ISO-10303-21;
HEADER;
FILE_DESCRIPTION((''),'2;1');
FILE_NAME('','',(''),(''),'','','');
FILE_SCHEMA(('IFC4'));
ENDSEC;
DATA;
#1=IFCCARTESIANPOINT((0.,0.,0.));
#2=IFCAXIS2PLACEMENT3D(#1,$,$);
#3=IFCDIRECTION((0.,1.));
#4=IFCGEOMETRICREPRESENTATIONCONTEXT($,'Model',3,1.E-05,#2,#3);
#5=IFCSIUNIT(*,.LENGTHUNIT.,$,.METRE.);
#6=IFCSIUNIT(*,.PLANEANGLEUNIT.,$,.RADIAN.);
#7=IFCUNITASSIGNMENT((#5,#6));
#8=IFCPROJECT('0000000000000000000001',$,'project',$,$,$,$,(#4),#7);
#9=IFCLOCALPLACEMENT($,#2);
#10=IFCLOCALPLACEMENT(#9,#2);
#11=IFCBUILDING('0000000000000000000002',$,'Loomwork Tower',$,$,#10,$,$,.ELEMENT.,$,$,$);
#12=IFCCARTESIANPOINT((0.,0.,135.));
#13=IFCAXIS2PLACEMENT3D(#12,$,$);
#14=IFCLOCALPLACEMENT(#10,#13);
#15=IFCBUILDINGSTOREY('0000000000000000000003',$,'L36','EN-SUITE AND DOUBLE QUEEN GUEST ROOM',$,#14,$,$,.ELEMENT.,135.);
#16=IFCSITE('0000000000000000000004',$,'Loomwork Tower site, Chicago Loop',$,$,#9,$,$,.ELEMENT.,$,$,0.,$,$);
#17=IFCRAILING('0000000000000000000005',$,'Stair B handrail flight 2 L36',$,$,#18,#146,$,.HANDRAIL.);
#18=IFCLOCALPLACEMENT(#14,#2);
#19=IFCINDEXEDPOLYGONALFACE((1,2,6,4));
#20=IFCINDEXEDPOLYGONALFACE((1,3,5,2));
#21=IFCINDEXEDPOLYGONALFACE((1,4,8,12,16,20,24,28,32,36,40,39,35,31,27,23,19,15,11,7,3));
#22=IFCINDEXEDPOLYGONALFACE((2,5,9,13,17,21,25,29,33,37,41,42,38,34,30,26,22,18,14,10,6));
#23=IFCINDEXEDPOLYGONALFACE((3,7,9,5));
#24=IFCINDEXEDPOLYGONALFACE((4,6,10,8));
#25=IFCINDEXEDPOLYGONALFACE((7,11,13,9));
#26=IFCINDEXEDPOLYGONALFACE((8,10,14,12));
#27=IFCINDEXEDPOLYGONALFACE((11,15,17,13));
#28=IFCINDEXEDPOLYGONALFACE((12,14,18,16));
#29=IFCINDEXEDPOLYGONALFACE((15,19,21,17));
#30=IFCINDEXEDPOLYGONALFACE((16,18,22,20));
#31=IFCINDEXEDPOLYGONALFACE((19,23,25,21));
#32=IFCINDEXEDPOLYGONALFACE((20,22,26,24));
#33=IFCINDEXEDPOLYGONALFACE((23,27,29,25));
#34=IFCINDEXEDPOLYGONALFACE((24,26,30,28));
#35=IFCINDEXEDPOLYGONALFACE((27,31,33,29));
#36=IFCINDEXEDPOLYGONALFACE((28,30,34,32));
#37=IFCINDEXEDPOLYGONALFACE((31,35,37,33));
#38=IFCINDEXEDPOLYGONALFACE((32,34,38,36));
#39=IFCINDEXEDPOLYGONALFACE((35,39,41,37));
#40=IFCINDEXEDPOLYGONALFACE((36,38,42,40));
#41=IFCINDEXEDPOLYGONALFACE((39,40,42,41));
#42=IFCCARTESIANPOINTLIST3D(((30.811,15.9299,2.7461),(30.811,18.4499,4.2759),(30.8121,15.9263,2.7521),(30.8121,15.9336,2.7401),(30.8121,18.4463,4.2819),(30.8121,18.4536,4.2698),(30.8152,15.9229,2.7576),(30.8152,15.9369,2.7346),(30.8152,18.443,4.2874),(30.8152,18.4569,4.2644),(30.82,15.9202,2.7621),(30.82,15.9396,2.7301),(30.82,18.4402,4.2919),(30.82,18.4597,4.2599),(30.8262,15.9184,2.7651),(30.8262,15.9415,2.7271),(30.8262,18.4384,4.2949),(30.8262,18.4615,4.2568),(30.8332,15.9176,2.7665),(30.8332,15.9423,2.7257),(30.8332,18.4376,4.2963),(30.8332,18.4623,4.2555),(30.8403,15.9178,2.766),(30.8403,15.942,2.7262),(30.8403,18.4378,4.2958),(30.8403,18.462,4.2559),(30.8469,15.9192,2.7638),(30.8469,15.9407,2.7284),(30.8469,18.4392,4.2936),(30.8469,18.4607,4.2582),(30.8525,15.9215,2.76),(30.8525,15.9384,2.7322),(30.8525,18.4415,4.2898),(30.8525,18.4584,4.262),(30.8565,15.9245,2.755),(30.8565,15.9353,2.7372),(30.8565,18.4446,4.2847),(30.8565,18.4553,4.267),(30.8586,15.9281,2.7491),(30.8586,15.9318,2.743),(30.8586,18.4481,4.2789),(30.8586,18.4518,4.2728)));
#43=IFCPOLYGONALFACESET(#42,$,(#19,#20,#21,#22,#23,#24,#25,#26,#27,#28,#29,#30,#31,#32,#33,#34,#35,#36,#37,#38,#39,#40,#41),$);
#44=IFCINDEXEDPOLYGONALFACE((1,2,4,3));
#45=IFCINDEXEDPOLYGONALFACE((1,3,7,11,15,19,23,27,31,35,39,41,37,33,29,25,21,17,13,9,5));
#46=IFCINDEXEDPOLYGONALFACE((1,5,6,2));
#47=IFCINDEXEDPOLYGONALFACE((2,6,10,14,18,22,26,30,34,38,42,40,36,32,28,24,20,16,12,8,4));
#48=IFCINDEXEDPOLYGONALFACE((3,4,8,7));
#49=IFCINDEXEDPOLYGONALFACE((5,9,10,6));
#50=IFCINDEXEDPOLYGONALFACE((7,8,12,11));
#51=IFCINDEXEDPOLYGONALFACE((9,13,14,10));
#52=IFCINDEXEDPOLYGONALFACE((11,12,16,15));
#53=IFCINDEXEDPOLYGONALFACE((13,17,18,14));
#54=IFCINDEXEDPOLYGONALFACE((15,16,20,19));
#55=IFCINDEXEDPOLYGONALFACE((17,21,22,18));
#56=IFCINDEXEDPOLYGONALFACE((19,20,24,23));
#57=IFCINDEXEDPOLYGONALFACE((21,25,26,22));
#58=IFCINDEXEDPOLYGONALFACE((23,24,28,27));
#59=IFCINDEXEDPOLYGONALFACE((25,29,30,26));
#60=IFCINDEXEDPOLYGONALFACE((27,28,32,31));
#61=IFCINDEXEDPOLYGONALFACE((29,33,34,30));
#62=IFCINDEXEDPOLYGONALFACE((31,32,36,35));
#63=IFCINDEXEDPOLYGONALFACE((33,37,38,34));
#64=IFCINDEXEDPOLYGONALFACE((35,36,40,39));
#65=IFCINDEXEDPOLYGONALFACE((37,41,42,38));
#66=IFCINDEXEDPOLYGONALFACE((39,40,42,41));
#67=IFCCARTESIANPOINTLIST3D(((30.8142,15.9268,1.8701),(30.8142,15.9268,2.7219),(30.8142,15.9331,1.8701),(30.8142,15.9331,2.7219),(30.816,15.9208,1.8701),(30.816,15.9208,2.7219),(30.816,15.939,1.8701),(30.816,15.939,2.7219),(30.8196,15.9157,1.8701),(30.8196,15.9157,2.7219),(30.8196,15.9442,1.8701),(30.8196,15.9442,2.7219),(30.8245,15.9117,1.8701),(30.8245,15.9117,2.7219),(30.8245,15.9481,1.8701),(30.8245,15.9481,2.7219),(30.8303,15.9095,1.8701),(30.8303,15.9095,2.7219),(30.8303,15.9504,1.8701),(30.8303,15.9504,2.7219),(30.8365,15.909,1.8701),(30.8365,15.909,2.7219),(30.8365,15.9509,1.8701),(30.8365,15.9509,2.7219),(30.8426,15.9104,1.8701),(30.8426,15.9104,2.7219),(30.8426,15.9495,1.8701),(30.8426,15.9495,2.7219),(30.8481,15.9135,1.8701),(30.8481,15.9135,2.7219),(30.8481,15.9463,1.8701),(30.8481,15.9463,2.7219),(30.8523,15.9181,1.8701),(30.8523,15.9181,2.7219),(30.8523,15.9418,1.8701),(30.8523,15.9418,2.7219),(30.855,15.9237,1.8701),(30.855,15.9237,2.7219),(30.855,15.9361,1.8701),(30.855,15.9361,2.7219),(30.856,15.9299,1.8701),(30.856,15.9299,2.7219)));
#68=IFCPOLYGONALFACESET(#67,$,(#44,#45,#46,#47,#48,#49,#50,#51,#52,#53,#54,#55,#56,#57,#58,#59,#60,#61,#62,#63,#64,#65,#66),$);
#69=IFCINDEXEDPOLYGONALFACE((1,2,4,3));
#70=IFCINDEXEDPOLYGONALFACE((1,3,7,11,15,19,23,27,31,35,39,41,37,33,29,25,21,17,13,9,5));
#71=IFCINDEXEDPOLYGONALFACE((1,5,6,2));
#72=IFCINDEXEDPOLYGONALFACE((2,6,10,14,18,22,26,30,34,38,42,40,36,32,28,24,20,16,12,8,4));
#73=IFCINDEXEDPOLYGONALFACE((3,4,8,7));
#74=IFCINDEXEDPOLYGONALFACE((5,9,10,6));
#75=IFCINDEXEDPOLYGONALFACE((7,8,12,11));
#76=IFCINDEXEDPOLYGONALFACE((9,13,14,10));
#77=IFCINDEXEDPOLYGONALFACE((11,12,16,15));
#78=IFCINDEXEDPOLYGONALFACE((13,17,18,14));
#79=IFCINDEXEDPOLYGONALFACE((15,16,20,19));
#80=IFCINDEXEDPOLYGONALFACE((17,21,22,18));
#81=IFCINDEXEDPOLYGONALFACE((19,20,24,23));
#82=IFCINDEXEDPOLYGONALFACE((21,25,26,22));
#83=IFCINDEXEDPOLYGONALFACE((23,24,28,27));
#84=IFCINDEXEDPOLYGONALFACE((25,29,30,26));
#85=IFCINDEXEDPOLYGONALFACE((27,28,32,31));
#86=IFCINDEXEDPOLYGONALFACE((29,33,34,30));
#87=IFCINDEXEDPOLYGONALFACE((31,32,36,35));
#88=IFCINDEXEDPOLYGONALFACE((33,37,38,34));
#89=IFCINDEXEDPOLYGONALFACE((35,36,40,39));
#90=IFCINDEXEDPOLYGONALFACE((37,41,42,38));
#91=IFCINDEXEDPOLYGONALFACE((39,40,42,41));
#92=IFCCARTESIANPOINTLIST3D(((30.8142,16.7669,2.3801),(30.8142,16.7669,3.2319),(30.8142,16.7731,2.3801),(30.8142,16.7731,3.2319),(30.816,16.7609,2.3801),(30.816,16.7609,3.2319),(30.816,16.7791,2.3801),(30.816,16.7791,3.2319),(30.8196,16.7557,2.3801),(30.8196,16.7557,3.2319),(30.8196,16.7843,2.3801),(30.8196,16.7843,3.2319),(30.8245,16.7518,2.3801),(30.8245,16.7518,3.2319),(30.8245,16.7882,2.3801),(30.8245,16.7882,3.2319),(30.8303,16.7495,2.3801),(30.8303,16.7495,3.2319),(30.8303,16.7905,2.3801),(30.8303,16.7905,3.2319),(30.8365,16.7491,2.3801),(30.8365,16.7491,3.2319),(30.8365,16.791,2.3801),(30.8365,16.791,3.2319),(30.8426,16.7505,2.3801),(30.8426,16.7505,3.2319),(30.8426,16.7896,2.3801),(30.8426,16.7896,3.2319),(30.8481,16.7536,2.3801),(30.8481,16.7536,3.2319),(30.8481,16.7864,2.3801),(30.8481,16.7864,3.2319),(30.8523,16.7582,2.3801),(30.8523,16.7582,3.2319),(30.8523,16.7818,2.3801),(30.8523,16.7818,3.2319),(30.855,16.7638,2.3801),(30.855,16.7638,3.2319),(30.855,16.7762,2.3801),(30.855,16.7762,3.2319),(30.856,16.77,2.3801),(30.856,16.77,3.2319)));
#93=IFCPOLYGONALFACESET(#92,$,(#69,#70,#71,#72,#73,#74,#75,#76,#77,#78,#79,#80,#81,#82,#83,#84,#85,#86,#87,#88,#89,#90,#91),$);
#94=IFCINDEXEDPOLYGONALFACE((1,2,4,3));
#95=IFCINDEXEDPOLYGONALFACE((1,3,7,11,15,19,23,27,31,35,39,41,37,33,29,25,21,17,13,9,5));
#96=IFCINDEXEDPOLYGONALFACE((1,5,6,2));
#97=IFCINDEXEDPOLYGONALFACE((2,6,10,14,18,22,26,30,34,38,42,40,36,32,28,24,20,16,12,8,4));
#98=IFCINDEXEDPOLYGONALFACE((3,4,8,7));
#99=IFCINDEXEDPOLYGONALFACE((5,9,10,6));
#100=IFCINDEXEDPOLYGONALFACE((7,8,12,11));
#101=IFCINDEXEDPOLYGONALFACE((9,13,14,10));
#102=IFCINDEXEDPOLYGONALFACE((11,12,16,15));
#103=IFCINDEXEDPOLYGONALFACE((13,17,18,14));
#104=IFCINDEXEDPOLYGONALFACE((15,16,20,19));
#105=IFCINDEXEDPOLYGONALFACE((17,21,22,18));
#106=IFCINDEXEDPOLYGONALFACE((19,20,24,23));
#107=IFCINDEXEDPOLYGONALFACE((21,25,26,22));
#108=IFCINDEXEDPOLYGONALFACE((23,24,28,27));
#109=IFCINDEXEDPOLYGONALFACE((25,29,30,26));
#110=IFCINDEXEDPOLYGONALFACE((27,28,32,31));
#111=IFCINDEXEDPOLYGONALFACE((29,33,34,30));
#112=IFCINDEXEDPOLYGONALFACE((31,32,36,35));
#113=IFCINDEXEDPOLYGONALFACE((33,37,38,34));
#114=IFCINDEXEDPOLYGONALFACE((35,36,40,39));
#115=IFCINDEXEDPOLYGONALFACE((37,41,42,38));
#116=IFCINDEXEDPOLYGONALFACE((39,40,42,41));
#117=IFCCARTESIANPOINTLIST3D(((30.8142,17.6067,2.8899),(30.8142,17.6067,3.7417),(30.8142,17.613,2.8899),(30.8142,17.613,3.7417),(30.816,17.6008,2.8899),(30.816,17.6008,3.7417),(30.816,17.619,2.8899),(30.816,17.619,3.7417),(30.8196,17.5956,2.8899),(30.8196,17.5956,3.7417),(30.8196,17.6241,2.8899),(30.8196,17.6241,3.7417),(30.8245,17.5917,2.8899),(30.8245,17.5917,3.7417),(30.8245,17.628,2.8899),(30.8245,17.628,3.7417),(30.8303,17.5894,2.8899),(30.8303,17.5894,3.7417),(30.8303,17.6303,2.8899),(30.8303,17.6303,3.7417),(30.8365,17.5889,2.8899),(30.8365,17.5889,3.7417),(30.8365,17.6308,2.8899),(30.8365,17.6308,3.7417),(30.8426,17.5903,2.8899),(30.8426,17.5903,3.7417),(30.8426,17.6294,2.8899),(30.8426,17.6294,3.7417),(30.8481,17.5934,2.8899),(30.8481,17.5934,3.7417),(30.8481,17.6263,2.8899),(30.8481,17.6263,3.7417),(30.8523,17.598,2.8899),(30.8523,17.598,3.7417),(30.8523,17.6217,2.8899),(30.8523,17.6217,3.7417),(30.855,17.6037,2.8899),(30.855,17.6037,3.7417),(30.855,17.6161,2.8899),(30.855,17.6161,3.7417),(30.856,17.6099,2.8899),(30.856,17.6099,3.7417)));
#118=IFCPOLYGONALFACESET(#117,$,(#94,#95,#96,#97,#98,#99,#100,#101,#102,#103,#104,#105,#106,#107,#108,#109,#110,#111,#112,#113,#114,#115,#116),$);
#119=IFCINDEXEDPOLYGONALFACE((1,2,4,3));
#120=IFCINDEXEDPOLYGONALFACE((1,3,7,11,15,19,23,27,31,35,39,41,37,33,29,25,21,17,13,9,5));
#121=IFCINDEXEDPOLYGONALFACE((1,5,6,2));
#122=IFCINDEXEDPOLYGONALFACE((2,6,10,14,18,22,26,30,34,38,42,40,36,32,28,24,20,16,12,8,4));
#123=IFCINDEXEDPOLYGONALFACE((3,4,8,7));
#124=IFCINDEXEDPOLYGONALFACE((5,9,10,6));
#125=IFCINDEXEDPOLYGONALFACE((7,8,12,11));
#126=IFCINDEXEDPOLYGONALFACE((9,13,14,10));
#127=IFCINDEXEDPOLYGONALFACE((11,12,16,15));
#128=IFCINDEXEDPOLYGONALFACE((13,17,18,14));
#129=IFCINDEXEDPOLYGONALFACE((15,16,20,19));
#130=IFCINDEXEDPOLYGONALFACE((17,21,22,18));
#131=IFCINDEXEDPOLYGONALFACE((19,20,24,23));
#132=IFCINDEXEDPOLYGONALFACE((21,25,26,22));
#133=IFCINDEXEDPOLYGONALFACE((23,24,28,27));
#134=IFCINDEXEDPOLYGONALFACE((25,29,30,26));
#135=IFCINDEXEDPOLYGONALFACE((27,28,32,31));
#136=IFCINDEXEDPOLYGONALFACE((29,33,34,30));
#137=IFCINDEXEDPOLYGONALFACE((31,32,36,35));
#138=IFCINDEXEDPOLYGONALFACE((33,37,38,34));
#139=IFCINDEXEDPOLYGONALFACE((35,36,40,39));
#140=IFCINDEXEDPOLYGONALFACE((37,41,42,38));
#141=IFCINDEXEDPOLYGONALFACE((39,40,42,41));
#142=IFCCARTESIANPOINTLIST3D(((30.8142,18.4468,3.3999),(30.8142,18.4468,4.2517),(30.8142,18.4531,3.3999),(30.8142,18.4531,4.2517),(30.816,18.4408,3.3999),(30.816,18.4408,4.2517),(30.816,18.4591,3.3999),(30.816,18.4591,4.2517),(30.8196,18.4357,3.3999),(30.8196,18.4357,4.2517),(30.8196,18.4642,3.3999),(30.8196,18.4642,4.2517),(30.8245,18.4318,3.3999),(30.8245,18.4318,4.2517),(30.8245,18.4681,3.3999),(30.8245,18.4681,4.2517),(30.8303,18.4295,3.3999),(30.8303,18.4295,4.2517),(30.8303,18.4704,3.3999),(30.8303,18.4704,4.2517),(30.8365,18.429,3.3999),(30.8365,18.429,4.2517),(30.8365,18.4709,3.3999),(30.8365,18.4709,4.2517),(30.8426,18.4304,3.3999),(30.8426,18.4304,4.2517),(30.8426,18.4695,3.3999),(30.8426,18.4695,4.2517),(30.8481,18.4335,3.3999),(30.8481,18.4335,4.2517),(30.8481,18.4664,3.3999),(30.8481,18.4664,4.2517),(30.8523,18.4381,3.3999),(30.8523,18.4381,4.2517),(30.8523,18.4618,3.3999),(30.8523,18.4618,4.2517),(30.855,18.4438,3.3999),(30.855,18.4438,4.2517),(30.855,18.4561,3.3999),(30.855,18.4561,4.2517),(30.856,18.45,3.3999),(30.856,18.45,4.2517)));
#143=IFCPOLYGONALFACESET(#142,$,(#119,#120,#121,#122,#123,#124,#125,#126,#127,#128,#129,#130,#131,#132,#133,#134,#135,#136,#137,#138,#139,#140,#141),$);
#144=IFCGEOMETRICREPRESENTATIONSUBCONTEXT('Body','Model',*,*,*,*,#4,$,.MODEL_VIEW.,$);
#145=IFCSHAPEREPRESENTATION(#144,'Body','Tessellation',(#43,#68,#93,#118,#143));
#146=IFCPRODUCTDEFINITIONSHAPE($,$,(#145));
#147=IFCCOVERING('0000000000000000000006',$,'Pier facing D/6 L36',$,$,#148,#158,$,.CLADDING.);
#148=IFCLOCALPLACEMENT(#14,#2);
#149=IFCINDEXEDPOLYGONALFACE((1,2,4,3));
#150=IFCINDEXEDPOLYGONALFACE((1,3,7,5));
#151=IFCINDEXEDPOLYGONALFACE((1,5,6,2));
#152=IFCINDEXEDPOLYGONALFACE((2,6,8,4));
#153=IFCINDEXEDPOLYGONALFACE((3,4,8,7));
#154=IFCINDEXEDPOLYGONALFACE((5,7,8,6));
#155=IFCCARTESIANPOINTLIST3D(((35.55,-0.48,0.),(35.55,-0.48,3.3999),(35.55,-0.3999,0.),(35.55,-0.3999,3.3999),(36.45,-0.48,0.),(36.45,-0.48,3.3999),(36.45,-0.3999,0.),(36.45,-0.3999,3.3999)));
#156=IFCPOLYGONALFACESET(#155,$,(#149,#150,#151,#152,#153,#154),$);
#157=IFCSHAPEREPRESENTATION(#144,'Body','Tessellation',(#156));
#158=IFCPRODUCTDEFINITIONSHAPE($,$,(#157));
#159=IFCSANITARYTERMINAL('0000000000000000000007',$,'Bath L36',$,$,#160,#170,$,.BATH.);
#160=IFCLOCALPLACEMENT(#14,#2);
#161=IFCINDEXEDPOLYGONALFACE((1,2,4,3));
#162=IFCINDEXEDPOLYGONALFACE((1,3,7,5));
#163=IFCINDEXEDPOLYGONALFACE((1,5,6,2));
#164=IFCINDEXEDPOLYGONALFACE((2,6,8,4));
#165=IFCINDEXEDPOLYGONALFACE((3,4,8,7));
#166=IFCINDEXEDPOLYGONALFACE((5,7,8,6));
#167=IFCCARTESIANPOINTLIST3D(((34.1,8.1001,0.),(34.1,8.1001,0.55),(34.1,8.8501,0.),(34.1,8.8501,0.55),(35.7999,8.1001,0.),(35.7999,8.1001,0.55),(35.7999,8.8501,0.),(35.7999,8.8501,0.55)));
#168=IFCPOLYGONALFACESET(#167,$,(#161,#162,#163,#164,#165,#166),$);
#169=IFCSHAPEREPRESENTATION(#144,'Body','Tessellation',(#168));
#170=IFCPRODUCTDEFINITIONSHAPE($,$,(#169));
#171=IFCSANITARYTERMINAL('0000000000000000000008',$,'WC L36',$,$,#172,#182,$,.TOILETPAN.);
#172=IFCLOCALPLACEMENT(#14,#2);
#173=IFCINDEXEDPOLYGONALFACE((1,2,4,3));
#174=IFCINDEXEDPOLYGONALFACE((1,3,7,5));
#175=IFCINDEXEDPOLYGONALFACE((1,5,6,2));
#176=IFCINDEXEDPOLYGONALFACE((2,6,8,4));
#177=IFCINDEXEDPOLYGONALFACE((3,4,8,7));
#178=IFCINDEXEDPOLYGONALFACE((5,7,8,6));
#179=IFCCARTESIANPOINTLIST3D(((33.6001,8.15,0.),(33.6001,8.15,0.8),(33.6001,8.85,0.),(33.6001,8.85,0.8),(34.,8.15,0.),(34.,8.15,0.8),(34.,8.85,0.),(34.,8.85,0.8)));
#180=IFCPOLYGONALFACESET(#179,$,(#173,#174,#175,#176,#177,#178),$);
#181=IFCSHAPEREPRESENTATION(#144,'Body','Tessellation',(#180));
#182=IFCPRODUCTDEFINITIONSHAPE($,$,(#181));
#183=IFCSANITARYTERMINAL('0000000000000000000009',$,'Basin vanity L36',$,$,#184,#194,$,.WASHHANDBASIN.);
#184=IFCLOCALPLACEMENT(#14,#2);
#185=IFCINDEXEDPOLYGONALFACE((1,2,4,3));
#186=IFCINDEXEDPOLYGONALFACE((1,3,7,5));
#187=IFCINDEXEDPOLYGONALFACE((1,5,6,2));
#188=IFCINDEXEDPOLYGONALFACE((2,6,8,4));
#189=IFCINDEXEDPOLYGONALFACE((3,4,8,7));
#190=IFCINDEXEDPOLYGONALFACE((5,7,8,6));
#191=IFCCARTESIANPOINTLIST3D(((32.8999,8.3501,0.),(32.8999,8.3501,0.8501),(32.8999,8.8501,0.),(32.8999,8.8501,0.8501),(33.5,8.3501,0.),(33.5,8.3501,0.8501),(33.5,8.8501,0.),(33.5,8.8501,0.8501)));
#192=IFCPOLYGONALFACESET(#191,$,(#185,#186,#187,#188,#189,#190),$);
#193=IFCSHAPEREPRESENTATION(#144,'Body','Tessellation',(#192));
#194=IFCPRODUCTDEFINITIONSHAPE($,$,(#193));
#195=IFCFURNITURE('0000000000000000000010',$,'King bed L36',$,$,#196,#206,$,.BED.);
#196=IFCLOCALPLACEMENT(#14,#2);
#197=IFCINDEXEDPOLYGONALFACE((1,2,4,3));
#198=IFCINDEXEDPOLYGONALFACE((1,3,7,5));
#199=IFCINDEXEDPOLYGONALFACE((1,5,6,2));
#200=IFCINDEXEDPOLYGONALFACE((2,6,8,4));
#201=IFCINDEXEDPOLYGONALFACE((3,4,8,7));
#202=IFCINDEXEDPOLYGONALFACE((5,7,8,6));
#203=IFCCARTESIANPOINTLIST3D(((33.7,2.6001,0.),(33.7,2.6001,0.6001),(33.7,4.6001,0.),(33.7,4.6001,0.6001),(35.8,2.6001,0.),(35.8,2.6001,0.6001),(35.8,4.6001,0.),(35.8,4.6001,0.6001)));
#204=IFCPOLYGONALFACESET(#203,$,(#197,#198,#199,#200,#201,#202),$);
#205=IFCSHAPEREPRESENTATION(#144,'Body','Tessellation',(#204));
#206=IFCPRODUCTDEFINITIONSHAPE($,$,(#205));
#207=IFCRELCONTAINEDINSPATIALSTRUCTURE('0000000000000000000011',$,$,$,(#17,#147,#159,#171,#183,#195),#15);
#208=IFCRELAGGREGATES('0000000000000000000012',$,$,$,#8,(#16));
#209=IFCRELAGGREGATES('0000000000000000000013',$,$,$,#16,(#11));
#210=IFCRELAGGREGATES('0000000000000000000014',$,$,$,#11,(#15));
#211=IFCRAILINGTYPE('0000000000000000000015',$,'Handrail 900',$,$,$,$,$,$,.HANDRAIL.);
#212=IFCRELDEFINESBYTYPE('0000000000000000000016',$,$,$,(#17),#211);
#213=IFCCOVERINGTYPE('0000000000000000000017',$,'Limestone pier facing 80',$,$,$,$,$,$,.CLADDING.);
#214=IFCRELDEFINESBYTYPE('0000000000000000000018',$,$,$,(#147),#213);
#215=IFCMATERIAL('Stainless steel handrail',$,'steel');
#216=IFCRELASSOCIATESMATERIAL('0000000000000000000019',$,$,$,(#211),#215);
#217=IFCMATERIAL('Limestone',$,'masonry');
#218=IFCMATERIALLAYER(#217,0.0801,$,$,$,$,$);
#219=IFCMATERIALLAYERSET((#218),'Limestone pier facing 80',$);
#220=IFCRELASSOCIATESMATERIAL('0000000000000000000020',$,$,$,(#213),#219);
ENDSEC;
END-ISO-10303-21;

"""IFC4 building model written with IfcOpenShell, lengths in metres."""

from ifc_helpers import new_model, si_unit, direction, frame, origin, origin_2d, place, context, subcontext, project, spatial, rectangle, circle, extrude, material, layer, layer_set, type_object, element, save


model = new_model("IFC4")

# Units and contexts
model_context = context("Model", 3, precision=1e-05, world=origin(), true_north=direction((0.0, 1.0)))
body_context = subcontext(model_context, "Body", "Model", "MODEL_VIEW")
ifc_project = project(units=[si_unit("LENGTHUNIT", "METRE"), si_unit("PLANEANGLEUNIT", "RADIAN")], contexts=[model_context])

# Site, building, storey
site_placement = place(None, origin())
site = spatial("IfcSite", under=ifc_project, at=site_placement, Name="Loomwork Tower site, Chicago Loop", CompositionType="ELEMENT", RefElevation=0.0)
building_placement = place(site_placement, origin())
building = spatial("IfcBuilding", under=site, at=building_placement, Name="Loomwork Tower", CompositionType="ELEMENT")
storey_placement = place(building_placement, frame((0.0, 0.0, 135.0)))
storey = spatial("IfcBuildingStorey", under=building, at=storey_placement, Name="L36", Description="EN-SUITE AND DOUBLE QUEEN GUEST ROOM", CompositionType="ELEMENT", Elevation=135.0)

# Railing
ifc_material_1 = material(Name="Stainless steel handrail", Category="steel")
railing_type = type_object("IfcRailingType", Name="Handrail 900", PredefinedType="HANDRAIL", material=ifc_material_1)
railing_placement = place(storey_placement, frame((30.835, 15.9299, 1.8701)))
element("IfcRailing", 1, at=railing_placement, inside=storey, type_object=railing_type, Name="Stair B handrail flight 2 L36", PredefinedType="HANDRAIL", context=body_context, shape_type="SweptSolid", body=[
    extrude(circle(Radius=0.0239, at=origin_2d()), frame((0.0, 0.0, 0.876), z_axis=(0.0, 0.854822, 0.518922), x_axis=(-1.0, 0.0, 0.0)), (0.0, 0.0, 1.0), 2.948),
    extrude(circle(Radius=0.021, at=origin_2d()), origin(), (0.0, 0.0, 1.0), 0.8518),
    extrude(circle(Radius=0.021, at=origin_2d()), frame((0.0, 0.8401, 0.51)), (0.0, 0.0, 1.0), 0.8518),
    extrude(circle(Radius=0.021, at=origin_2d()), frame((0.0, 1.6799, 1.0198)), (0.0, 0.0, 1.0), 0.8518),
    extrude(circle(Radius=0.021, at=origin_2d()), frame((0.0, 2.52, 1.5298)), (0.0, 0.0, 1.0), 0.8518),
])

# Covering
ifc_material_2 = material(Name="Limestone", Category="masonry")
ifc_layer_1 = layer(ifc_material_2, 0.0801)
ifc_layer_set_1 = layer_set([ifc_layer_1], Name="Limestone pier facing 80")
covering_type = type_object("IfcCoveringType", Name="Limestone pier facing 80", PredefinedType="CLADDING", material=ifc_layer_set_1)
covering_placement = place(storey_placement, frame((36.0, -0.4399, 0.0), z_axis=(0.0, 0.0, 1.0), x_axis=(1.0, 0.0, 0.0)))
element("IfcCovering", 2, at=covering_placement, inside=storey, type_object=covering_type, Name="Pier facing D/6 L36", PredefinedType="CLADDING", context=body_context, shape_type="SweptSolid", body=[
    extrude(rectangle(XDim=0.8999, YDim=0.0801, at=origin_2d()), origin(), (0.0, 0.0, 1.0), 3.3999),
])

# Sanitary terminals
sanitary_terminal_1_placement = place(storey_placement, frame((34.95, 8.4751, 0.0), z_axis=(0.0, 0.0, 1.0), x_axis=(1.0, 0.0, 0.0)))
element("IfcSanitaryTerminal", 3, at=sanitary_terminal_1_placement, inside=storey, Name="Bath L36", PredefinedType="BATH", context=body_context, shape_type="SweptSolid", body=[
    extrude(rectangle(XDim=1.7, YDim=0.75, at=origin_2d()), origin(), (0.0, 0.0, 1.0), 0.55),
])
sanitary_terminal_2_placement = place(storey_placement, frame((33.8, 8.5, 0.0), z_axis=(0.0, 0.0, 1.0), x_axis=(1.0, 0.0, 0.0)))
element("IfcSanitaryTerminal", 4, at=sanitary_terminal_2_placement, inside=storey, Name="WC L36", PredefinedType="TOILETPAN", context=body_context, shape_type="SweptSolid", body=[
    extrude(rectangle(XDim=0.3999, YDim=0.7, at=origin_2d()), origin(), (0.0, 0.0, 1.0), 0.8),
])
sanitary_terminal_3_placement = place(storey_placement, frame((33.2, 8.6001, 0.0), z_axis=(0.0, 0.0, 1.0), x_axis=(1.0, 0.0, 0.0)))
element("IfcSanitaryTerminal", 5, at=sanitary_terminal_3_placement, inside=storey, Name="Basin vanity L36", PredefinedType="WASHHANDBASIN", context=body_context, shape_type="SweptSolid", body=[
    extrude(rectangle(XDim=0.6001, YDim=0.5, at=origin_2d()), origin(), (0.0, 0.0, 1.0), 0.8501),
])

# Furniture
furniture_1_placement = place(storey_placement, frame((34.75, 3.6001, 0.0), z_axis=(0.0, 0.0, 1.0), x_axis=(1.0, 0.0, 0.0)))
element("IfcFurniture", 6, at=furniture_1_placement, inside=storey, Name="King bed L36", PredefinedType="BED", context=body_context, shape_type="SweptSolid", body=[
    extrude(rectangle(XDim=2.1001, YDim=2.0, at=origin_2d()), origin(), (0.0, 0.0, 1.0), 0.6001),
])

save(model, "model.ifc")
